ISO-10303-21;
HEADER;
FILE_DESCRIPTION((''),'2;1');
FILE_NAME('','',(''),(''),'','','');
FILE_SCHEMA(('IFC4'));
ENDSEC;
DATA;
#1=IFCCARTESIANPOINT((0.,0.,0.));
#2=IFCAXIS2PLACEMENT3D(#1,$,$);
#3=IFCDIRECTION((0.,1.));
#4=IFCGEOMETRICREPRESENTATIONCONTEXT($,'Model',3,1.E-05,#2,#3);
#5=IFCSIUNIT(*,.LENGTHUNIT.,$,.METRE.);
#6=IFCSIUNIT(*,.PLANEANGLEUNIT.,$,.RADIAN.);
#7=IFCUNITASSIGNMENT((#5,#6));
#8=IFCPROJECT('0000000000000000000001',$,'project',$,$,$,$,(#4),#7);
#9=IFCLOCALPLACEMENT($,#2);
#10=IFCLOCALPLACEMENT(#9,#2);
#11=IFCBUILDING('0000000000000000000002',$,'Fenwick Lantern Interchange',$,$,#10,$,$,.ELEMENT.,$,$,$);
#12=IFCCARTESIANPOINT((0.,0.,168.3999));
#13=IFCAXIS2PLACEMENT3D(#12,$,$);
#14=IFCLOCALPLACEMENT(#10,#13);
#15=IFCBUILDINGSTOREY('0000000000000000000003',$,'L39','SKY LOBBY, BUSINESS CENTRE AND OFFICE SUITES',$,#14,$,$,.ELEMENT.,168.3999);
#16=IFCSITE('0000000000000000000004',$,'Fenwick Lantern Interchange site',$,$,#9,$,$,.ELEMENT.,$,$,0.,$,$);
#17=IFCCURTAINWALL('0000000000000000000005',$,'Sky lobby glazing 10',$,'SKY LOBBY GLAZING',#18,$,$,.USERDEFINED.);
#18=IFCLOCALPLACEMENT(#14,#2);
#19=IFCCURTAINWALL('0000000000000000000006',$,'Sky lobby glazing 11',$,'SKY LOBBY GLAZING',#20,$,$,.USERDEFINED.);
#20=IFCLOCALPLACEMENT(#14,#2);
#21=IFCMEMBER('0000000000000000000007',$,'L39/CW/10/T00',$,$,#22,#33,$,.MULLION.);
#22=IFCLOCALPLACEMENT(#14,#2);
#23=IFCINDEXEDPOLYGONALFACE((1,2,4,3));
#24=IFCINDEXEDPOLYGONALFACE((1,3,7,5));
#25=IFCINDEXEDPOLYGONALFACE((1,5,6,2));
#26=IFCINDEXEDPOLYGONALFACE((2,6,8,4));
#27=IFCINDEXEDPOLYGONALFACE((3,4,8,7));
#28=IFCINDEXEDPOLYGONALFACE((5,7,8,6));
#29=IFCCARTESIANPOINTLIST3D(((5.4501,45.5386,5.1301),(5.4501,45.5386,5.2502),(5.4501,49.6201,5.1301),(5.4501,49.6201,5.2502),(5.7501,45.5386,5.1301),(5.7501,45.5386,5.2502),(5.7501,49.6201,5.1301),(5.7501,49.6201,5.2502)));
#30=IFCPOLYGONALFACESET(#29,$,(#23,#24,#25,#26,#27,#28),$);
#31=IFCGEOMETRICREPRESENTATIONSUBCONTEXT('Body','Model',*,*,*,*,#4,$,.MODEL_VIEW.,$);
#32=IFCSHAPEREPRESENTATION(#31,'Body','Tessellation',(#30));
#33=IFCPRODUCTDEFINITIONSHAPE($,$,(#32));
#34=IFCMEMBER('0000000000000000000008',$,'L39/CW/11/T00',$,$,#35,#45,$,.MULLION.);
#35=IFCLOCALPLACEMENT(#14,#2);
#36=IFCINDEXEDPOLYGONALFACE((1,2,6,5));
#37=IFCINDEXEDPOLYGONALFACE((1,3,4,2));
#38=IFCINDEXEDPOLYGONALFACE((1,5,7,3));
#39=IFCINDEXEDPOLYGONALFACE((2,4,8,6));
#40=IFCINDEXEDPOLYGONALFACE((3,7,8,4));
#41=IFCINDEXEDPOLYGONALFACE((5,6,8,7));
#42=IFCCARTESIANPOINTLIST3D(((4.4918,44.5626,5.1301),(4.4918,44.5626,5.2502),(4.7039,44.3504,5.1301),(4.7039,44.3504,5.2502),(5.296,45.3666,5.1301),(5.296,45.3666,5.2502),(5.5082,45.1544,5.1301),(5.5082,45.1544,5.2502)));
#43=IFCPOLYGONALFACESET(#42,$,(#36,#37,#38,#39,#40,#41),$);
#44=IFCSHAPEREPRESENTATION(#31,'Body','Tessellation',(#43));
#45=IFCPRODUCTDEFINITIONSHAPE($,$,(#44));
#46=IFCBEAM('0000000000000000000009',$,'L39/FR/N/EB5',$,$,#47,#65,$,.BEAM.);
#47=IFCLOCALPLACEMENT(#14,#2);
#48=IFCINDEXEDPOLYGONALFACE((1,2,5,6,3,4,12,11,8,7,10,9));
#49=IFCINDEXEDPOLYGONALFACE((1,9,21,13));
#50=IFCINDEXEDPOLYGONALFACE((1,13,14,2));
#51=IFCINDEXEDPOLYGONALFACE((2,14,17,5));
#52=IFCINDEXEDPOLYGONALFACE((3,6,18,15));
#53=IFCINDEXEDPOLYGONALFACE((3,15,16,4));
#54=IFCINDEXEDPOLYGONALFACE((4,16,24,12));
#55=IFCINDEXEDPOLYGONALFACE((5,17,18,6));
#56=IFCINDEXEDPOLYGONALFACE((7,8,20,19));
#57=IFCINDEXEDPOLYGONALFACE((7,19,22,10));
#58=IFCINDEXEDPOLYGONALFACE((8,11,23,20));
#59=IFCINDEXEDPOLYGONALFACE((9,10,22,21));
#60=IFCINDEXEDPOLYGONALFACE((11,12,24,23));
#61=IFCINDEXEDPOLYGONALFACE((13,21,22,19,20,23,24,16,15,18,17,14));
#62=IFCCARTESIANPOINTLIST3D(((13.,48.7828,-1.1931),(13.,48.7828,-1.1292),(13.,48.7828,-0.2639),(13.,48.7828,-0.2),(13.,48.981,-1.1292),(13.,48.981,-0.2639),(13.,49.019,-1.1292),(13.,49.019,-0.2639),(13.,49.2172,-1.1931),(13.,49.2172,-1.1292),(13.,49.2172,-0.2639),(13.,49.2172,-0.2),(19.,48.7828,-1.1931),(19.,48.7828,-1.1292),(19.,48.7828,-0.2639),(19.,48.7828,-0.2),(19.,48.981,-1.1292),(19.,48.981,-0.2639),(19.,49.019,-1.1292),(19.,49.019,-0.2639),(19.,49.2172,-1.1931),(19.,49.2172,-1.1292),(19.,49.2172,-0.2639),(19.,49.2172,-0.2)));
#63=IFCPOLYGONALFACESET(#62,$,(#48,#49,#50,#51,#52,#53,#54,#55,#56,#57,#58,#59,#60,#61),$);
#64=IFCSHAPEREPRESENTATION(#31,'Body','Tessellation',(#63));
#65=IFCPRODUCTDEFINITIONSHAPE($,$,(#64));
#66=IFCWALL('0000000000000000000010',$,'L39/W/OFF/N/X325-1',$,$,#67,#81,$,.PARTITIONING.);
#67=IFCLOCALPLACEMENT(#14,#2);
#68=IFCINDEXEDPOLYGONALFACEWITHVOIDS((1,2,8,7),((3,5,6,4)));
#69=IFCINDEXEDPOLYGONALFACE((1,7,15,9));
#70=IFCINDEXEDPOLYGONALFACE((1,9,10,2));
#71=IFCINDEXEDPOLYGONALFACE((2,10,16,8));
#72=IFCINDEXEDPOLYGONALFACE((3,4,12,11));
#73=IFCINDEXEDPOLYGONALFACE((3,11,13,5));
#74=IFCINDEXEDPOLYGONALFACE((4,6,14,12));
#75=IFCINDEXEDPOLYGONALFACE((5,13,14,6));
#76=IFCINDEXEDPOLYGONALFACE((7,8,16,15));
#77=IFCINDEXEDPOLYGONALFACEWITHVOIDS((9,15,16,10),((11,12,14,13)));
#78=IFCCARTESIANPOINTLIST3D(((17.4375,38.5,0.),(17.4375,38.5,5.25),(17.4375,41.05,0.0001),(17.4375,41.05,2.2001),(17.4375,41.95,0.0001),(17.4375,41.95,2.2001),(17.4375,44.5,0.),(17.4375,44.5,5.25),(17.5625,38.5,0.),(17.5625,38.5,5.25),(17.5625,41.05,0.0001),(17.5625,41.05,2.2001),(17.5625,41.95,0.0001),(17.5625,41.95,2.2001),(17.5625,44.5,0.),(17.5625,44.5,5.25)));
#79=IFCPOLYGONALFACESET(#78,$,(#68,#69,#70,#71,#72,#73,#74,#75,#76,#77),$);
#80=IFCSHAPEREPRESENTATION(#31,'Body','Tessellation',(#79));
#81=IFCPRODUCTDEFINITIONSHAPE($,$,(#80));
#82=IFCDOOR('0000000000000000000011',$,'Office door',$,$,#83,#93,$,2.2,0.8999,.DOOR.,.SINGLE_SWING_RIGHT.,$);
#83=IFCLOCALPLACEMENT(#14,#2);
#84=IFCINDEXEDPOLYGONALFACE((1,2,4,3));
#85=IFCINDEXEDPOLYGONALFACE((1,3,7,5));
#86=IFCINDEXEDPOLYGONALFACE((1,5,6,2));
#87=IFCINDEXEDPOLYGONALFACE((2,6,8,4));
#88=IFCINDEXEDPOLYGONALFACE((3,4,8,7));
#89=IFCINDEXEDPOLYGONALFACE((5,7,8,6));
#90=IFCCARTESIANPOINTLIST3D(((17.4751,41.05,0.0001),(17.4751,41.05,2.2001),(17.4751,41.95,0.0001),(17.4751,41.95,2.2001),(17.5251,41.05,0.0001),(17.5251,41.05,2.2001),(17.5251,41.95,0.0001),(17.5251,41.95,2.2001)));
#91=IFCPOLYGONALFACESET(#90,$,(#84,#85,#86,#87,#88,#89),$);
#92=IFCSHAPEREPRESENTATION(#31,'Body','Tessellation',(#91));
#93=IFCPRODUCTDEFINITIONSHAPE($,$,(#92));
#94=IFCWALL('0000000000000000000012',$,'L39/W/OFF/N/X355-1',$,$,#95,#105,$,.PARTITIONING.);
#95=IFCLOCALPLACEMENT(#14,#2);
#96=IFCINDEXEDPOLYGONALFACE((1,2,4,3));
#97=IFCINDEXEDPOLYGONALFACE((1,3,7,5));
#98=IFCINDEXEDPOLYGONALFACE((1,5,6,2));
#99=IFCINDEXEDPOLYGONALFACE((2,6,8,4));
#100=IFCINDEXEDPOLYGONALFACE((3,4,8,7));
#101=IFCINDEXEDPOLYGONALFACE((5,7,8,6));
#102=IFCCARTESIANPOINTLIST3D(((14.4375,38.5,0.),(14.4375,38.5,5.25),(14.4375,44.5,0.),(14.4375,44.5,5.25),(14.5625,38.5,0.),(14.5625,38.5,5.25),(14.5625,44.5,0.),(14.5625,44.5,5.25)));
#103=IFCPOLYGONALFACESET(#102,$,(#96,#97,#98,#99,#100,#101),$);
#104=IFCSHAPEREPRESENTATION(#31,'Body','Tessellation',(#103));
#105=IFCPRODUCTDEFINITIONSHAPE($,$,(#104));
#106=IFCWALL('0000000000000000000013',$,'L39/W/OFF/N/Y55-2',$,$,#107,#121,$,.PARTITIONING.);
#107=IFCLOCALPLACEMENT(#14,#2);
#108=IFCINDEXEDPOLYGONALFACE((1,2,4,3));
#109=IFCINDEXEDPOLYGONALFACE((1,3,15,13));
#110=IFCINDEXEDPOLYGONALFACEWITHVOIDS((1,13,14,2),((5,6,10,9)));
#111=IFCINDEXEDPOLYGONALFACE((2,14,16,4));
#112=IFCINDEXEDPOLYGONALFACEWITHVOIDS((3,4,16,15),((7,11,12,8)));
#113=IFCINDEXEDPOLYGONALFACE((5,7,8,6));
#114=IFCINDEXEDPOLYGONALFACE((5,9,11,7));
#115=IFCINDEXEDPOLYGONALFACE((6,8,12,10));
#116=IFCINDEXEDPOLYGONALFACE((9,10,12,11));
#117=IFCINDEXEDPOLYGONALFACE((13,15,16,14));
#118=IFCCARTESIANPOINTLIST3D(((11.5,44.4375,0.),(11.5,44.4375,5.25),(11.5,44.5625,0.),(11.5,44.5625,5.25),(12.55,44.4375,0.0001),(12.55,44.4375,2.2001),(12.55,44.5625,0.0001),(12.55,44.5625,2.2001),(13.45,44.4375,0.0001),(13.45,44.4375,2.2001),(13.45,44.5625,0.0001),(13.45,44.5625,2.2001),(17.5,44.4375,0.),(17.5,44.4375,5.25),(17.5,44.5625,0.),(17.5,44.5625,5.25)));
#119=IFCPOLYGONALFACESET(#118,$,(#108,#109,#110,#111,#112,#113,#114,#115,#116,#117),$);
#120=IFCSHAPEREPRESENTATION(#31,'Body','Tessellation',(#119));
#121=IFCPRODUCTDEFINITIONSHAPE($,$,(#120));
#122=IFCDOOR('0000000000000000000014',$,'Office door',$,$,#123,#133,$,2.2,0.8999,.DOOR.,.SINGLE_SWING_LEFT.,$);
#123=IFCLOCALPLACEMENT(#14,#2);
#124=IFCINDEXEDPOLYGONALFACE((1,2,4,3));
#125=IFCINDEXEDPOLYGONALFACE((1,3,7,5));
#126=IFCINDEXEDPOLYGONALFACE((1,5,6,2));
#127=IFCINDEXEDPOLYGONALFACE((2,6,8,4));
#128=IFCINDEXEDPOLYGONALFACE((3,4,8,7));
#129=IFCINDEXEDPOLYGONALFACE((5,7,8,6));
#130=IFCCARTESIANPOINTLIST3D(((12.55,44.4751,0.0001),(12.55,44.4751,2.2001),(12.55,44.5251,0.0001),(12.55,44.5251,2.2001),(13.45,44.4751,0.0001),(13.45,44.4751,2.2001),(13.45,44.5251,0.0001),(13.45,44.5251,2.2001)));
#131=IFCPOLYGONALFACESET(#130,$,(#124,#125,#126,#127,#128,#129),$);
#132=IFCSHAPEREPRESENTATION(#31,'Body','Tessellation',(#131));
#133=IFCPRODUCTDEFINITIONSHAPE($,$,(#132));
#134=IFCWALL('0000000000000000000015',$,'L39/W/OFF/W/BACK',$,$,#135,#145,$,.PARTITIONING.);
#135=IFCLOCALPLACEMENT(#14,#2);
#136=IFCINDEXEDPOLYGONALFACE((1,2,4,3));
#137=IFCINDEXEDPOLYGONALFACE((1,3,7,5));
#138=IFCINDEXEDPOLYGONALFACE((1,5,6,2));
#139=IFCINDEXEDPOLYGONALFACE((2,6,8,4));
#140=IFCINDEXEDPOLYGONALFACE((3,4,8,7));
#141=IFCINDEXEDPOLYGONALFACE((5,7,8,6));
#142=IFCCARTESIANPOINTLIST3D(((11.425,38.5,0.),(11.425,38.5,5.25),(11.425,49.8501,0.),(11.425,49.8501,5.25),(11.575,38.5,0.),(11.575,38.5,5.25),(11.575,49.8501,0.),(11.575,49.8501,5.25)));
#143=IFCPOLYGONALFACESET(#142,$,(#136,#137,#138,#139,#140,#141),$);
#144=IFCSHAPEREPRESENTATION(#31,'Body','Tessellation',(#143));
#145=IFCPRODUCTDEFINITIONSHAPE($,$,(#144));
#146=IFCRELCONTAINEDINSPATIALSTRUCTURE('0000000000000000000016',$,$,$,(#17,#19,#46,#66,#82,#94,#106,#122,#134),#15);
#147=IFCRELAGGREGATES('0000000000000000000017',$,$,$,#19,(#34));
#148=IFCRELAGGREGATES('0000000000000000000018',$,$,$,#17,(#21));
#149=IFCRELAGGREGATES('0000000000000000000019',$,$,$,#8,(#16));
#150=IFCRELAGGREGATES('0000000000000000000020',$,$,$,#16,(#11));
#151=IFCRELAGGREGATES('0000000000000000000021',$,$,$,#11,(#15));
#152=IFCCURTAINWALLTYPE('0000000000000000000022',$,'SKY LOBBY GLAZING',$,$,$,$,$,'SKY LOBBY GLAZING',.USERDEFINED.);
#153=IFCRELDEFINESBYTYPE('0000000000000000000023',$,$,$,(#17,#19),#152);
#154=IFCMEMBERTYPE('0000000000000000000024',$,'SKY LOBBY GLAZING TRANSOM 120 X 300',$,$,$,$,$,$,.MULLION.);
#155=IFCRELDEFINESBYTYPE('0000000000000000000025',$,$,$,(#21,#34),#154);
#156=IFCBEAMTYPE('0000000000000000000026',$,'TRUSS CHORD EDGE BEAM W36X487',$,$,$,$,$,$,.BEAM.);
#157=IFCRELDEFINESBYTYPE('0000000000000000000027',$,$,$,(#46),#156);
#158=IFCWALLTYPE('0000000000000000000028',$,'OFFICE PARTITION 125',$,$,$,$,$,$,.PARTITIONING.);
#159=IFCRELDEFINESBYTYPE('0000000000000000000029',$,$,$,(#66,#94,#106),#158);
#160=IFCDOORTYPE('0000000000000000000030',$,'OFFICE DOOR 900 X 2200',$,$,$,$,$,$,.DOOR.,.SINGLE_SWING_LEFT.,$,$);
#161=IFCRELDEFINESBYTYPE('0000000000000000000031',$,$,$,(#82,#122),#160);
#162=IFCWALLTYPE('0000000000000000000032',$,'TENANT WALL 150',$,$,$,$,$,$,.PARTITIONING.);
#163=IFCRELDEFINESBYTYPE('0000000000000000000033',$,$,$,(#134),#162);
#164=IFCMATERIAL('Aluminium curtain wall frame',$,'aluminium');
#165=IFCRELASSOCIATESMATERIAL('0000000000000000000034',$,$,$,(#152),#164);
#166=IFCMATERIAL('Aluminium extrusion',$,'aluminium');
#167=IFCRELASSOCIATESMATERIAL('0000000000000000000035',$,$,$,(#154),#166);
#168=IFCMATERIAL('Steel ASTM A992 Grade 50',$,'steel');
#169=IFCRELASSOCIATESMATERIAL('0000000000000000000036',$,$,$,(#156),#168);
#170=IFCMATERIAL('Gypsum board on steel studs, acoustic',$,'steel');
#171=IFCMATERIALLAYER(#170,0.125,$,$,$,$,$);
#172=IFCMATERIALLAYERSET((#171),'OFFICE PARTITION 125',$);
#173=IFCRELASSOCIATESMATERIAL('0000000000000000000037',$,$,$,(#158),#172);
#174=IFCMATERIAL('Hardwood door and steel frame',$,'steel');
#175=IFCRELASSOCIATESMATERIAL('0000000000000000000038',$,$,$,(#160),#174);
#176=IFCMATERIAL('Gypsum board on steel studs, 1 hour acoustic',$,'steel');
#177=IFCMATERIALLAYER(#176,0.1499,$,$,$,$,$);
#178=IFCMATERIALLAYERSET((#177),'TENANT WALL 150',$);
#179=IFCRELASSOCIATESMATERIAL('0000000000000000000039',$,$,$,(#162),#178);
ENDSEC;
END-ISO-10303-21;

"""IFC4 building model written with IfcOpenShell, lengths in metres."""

from ifc_helpers import new_model, si_unit, direction, frame, frame_2d, origin, origin_2d, place, context, subcontext, project, spatial, rectangle, i_section, extrude, material, layer, layer_set, material_profile, profile_set, type_object, element, fill, aggregate, save


model = new_model("IFC4")

# Units and contexts
model_context = context("Model", 3, precision=1e-05, world=origin(), true_north=direction((0.0, 1.0)))
body_context = subcontext(model_context, "Body", "Model", "MODEL_VIEW")
ifc_project = project(units=[si_unit("LENGTHUNIT", "METRE"), si_unit("PLANEANGLEUNIT", "RADIAN")], contexts=[model_context])

# Site, building, storey
site_placement = place(None, origin())
site = spatial("IfcSite", under=ifc_project, at=site_placement, Name="Fenwick Lantern Interchange site", CompositionType="ELEMENT", RefElevation=0.0)
building_placement = place(site_placement, origin())
building = spatial("IfcBuilding", under=site, at=building_placement, Name="Fenwick Lantern Interchange", CompositionType="ELEMENT")
storey_placement = place(building_placement, frame((0.0, 0.0, 168.3999)))
storey = spatial("IfcBuildingStorey", under=building, at=storey_placement, Name="L39", Description="SKY LOBBY, BUSINESS CENTRE AND OFFICE SUITES", CompositionType="ELEMENT", Elevation=168.3999)

# Shared definitions
ifc_material_1 = material(Name="Steel ASTM A992 Grade 50", Category="steel")

# Curtain wall
ifc_material_2 = material(Name="Aluminium curtain wall frame", Category="aluminium")
curtain_wall_type = type_object("IfcCurtainWallType", Name="SKY LOBBY GLAZING", ElementType="SKY LOBBY GLAZING", PredefinedType="USERDEFINED", material=ifc_material_2)
ifc_material_3 = material(Name="Aluminium extrusion", Category="aluminium")
curtain_wall_1_placement = place(storey_placement, origin())
curtain_wall_1 = element("IfcCurtainWall", 1, at=curtain_wall_1_placement, inside=storey, type_object=curtain_wall_type, Name="Sky lobby glazing 10", ObjectType="SKY LOBBY GLAZING", PredefinedType="USERDEFINED")

# Curtain wall
curtain_wall_2_placement = place(storey_placement, origin())
curtain_wall_2 = element("IfcCurtainWall", 2, at=curtain_wall_2_placement, inside=storey, type_object=curtain_wall_type, Name="Sky lobby glazing 11", ObjectType="SKY LOBBY GLAZING", PredefinedType="USERDEFINED")

# Members
ifc_material_profile_1 = material_profile(ifc_material_3, rectangle(XDim=0.3, YDim=0.1201, at=origin_2d()), Name="SKY LOBBY GLAZING TRANSOM 120 X 300")
ifc_profile_set_1 = profile_set([ifc_material_profile_1], Name="Aluminium extrusion")
member_type_1 = type_object("IfcMemberType", Name="SKY LOBBY GLAZING TRANSOM 120 X 300", PredefinedType="MULLION", material=ifc_profile_set_1)
member_1_placement = place(storey_placement, frame((5.6001, 49.6201, 5.1902), z_axis=(0.0, -1.0, 0.0), x_axis=(1.0, 0.0, 0.0)))
member_1 = element("IfcMember", 3, at=member_1_placement, type_object=member_type_1, Name="L39/CW/10/T00", PredefinedType="MULLION", context=body_context, shape_type="SweptSolid", body=[
    extrude(rectangle(XDim=0.3, YDim=0.1201, at=origin_2d()), origin(), (0.0, 0.0, 1.0), 4.0815),
])
member_2_placement = place(storey_placement, frame((5.4021, 45.2605, 5.1902), z_axis=(-0.707214, -0.706999, 0.0), x_axis=(0.706999, -0.707214, 0.0)))
member_2 = element("IfcMember", 4, at=member_2_placement, type_object=member_type_1, Name="L39/CW/11/T00", PredefinedType="MULLION", context=body_context, shape_type="SweptSolid", body=[
    extrude(rectangle(XDim=0.3, YDim=0.1201, at=origin_2d()), origin(), (0.0, 0.0, 1.0), 1.1372),
])
aggregate(curtain_wall_2, [member_2])

# Beam
ifc_material_profile_2 = material_profile(ifc_material_1, i_section(OverallWidth=0.4343, OverallDepth=0.9932, WebThickness=0.0381, FlangeThickness=0.064, at=origin_2d()), Name="W36X487")
ifc_profile_set_2 = profile_set([ifc_material_profile_2], Name="Steel ASTM A992 Grade 50")
beam_type_1 = type_object("IfcBeamType", Name="TRUSS CHORD EDGE BEAM W36X487", PredefinedType="BEAM", material=ifc_profile_set_2)
beam_1_placement = place(storey_placement, frame((19.0, 49.0, -0.6965), z_axis=(-1.0, 0.0, 0.0), x_axis=(0.0, -1.0, 0.0)))
element("IfcBeam", 5, at=beam_1_placement, inside=storey, type_object=beam_type_1, Name="L39/FR/N/EB5", PredefinedType="BEAM", context=body_context, shape_type="SweptSolid", body=[
    extrude(i_section(OverallWidth=0.4343, OverallDepth=0.9932, WebThickness=0.0381, FlangeThickness=0.064, at=origin_2d()), origin(), (0.0, 0.0, 1.0), 6.0),
])

aggregate(curtain_wall_1, [member_1])

# Wall, opening, door
ifc_material_4 = material(Name="Gypsum board on steel studs, acoustic", Category="steel")
ifc_layer_1 = layer(ifc_material_4, 0.125)
ifc_layer_set_1 = layer_set([ifc_layer_1], Name="OFFICE PARTITION 125")
wall_type_1 = type_object("IfcWallType", Name="OFFICE PARTITION 125", PredefinedType="PARTITIONING", material=ifc_layer_set_1)
wall_1_placement = place(storey_placement, frame((17.5, 44.5, 0.0), z_axis=(0.0, 0.0, 1.0), x_axis=(0.0, -1.0, 0.0)))
wall_1 = element("IfcWall", 6, at=wall_1_placement, inside=storey, type_object=wall_type_1, Name="L39/W/OFF/N/X325-1", PredefinedType="PARTITIONING", context=body_context, shape_type="SweptSolid", body=[
    extrude(rectangle(XDim=6.0, YDim=0.125, at=frame_2d((3.0, 0.0))), origin(), (0.0, 0.0, 1.0), 5.25),
])
opening_1_placement = place(wall_1_placement, frame((2.55, 0.0, 0.0)))
opening_1 = element("IfcOpeningElement", 7, at=opening_1_placement, cuts=wall_1, PredefinedType="OPENING", context=body_context, shape_type="SweptSolid", body=[
    extrude(rectangle(XDim=0.8999, YDim=2.2, at=frame_2d((0.45, 1.1001))), frame((0.0, 0.0725, 0.0), z_axis=(0.0, -1.0, 0.0), x_axis=(1.0, 0.0, 0.0)), (0.0, 0.0, 1.0), 0.145),
])
ifc_material_5 = material(Name="Hardwood door and steel frame", Category="steel")
door_type = type_object("IfcDoorType", Name="OFFICE DOOR 900 X 2200", OperationType="SINGLE_SWING_LEFT", PredefinedType="DOOR", material=ifc_material_5)
door_1_placement = place(opening_1_placement, frame((0.8999, 0.0, 0.0), z_axis=(0.0, 0.0, 1.0), x_axis=(-1.0, 0.0, 0.0)))
door_1 = element("IfcDoor", 8, at=door_1_placement, inside=storey, type_object=door_type, Name="Office door", OperationType="SINGLE_SWING_RIGHT", OverallHeight=2.2, OverallWidth=0.8999, PredefinedType="DOOR", context=body_context, shape_type="SweptSolid", body=[
    extrude(rectangle(XDim=0.8999, YDim=2.2, at=frame_2d((0.45, 1.1001))), frame((0.0, 0.0249, 0.0), z_axis=(0.0, -1.0, 0.0), x_axis=(1.0, 0.0, 0.0)), (0.0, 0.0, 1.0), 0.05),
])
fill(opening_1, door_1)

# Wall
wall_2_placement = place(storey_placement, frame((14.5, 44.5, 0.0), z_axis=(0.0, 0.0, 1.0), x_axis=(0.0, -1.0, 0.0)))
element("IfcWall", 9, at=wall_2_placement, inside=storey, type_object=wall_type_1, Name="L39/W/OFF/N/X355-1", PredefinedType="PARTITIONING", context=body_context, shape_type="SweptSolid", body=[
    extrude(rectangle(XDim=6.0, YDim=0.125, at=frame_2d((3.0, 0.0))), origin(), (0.0, 0.0, 1.0), 5.25),
])

# Wall, opening, door
wall_3_placement = place(storey_placement, frame((17.5, 44.5, 0.0), z_axis=(0.0, 0.0, 1.0), x_axis=(-1.0, 0.0, 0.0)))
wall_3 = element("IfcWall", 10, at=wall_3_placement, inside=storey, type_object=wall_type_1, Name="L39/W/OFF/N/Y55-2", PredefinedType="PARTITIONING", context=body_context, shape_type="SweptSolid", body=[
    extrude(rectangle(XDim=6.0, YDim=0.125, at=frame_2d((3.0, 0.0))), origin(), (0.0, 0.0, 1.0), 5.25),
])
opening_2_placement = place(wall_3_placement, frame((4.05, 0.0, 0.0)))
opening_2 = element("IfcOpeningElement", 11, at=opening_2_placement, cuts=wall_3, PredefinedType="OPENING", context=body_context, shape_type="SweptSolid", body=[
    extrude(rectangle(XDim=0.8999, YDim=2.2, at=frame_2d((0.45, 1.1001))), frame((0.0, 0.0725, 0.0), z_axis=(0.0, -1.0, 0.0), x_axis=(1.0, 0.0, 0.0)), (0.0, 0.0, 1.0), 0.145),
])
door_2_placement = place(opening_2_placement, origin())
door_2 = element("IfcDoor", 12, at=door_2_placement, inside=storey, type_object=door_type, Name="Office door", OperationType="SINGLE_SWING_LEFT", OverallHeight=2.2, OverallWidth=0.8999, PredefinedType="DOOR", context=body_context, shape_type="SweptSolid", body=[
    extrude(rectangle(XDim=0.8999, YDim=2.2, at=frame_2d((0.45, 1.1001))), frame((0.0, 0.0249, 0.0), z_axis=(0.0, -1.0, 0.0), x_axis=(1.0, 0.0, 0.0)), (0.0, 0.0, 1.0), 0.05),
])
fill(opening_2, door_2)

# Wall
ifc_material_6 = material(Name="Gypsum board on steel studs, 1 hour acoustic", Category="steel")
ifc_layer_2 = layer(ifc_material_6, 0.1499)
ifc_layer_set_2 = layer_set([ifc_layer_2], Name="TENANT WALL 150")
wall_type_2 = type_object("IfcWallType", Name="TENANT WALL 150", PredefinedType="PARTITIONING", material=ifc_layer_set_2)
wall_4_placement = place(storey_placement, frame((11.5, 49.8501, 0.0), z_axis=(0.0, 0.0, 1.0), x_axis=(0.0, -1.0, 0.0)))
element("IfcWall", 13, at=wall_4_placement, inside=storey, type_object=wall_type_2, Name="L39/W/OFF/W/BACK", PredefinedType="PARTITIONING", context=body_context, shape_type="SweptSolid", body=[
    extrude(rectangle(XDim=11.3501, YDim=0.1499, at=frame_2d((5.675, 0.0))), origin(), (0.0, 0.0, 1.0), 5.25),
])

save(model, "model.ifc")
